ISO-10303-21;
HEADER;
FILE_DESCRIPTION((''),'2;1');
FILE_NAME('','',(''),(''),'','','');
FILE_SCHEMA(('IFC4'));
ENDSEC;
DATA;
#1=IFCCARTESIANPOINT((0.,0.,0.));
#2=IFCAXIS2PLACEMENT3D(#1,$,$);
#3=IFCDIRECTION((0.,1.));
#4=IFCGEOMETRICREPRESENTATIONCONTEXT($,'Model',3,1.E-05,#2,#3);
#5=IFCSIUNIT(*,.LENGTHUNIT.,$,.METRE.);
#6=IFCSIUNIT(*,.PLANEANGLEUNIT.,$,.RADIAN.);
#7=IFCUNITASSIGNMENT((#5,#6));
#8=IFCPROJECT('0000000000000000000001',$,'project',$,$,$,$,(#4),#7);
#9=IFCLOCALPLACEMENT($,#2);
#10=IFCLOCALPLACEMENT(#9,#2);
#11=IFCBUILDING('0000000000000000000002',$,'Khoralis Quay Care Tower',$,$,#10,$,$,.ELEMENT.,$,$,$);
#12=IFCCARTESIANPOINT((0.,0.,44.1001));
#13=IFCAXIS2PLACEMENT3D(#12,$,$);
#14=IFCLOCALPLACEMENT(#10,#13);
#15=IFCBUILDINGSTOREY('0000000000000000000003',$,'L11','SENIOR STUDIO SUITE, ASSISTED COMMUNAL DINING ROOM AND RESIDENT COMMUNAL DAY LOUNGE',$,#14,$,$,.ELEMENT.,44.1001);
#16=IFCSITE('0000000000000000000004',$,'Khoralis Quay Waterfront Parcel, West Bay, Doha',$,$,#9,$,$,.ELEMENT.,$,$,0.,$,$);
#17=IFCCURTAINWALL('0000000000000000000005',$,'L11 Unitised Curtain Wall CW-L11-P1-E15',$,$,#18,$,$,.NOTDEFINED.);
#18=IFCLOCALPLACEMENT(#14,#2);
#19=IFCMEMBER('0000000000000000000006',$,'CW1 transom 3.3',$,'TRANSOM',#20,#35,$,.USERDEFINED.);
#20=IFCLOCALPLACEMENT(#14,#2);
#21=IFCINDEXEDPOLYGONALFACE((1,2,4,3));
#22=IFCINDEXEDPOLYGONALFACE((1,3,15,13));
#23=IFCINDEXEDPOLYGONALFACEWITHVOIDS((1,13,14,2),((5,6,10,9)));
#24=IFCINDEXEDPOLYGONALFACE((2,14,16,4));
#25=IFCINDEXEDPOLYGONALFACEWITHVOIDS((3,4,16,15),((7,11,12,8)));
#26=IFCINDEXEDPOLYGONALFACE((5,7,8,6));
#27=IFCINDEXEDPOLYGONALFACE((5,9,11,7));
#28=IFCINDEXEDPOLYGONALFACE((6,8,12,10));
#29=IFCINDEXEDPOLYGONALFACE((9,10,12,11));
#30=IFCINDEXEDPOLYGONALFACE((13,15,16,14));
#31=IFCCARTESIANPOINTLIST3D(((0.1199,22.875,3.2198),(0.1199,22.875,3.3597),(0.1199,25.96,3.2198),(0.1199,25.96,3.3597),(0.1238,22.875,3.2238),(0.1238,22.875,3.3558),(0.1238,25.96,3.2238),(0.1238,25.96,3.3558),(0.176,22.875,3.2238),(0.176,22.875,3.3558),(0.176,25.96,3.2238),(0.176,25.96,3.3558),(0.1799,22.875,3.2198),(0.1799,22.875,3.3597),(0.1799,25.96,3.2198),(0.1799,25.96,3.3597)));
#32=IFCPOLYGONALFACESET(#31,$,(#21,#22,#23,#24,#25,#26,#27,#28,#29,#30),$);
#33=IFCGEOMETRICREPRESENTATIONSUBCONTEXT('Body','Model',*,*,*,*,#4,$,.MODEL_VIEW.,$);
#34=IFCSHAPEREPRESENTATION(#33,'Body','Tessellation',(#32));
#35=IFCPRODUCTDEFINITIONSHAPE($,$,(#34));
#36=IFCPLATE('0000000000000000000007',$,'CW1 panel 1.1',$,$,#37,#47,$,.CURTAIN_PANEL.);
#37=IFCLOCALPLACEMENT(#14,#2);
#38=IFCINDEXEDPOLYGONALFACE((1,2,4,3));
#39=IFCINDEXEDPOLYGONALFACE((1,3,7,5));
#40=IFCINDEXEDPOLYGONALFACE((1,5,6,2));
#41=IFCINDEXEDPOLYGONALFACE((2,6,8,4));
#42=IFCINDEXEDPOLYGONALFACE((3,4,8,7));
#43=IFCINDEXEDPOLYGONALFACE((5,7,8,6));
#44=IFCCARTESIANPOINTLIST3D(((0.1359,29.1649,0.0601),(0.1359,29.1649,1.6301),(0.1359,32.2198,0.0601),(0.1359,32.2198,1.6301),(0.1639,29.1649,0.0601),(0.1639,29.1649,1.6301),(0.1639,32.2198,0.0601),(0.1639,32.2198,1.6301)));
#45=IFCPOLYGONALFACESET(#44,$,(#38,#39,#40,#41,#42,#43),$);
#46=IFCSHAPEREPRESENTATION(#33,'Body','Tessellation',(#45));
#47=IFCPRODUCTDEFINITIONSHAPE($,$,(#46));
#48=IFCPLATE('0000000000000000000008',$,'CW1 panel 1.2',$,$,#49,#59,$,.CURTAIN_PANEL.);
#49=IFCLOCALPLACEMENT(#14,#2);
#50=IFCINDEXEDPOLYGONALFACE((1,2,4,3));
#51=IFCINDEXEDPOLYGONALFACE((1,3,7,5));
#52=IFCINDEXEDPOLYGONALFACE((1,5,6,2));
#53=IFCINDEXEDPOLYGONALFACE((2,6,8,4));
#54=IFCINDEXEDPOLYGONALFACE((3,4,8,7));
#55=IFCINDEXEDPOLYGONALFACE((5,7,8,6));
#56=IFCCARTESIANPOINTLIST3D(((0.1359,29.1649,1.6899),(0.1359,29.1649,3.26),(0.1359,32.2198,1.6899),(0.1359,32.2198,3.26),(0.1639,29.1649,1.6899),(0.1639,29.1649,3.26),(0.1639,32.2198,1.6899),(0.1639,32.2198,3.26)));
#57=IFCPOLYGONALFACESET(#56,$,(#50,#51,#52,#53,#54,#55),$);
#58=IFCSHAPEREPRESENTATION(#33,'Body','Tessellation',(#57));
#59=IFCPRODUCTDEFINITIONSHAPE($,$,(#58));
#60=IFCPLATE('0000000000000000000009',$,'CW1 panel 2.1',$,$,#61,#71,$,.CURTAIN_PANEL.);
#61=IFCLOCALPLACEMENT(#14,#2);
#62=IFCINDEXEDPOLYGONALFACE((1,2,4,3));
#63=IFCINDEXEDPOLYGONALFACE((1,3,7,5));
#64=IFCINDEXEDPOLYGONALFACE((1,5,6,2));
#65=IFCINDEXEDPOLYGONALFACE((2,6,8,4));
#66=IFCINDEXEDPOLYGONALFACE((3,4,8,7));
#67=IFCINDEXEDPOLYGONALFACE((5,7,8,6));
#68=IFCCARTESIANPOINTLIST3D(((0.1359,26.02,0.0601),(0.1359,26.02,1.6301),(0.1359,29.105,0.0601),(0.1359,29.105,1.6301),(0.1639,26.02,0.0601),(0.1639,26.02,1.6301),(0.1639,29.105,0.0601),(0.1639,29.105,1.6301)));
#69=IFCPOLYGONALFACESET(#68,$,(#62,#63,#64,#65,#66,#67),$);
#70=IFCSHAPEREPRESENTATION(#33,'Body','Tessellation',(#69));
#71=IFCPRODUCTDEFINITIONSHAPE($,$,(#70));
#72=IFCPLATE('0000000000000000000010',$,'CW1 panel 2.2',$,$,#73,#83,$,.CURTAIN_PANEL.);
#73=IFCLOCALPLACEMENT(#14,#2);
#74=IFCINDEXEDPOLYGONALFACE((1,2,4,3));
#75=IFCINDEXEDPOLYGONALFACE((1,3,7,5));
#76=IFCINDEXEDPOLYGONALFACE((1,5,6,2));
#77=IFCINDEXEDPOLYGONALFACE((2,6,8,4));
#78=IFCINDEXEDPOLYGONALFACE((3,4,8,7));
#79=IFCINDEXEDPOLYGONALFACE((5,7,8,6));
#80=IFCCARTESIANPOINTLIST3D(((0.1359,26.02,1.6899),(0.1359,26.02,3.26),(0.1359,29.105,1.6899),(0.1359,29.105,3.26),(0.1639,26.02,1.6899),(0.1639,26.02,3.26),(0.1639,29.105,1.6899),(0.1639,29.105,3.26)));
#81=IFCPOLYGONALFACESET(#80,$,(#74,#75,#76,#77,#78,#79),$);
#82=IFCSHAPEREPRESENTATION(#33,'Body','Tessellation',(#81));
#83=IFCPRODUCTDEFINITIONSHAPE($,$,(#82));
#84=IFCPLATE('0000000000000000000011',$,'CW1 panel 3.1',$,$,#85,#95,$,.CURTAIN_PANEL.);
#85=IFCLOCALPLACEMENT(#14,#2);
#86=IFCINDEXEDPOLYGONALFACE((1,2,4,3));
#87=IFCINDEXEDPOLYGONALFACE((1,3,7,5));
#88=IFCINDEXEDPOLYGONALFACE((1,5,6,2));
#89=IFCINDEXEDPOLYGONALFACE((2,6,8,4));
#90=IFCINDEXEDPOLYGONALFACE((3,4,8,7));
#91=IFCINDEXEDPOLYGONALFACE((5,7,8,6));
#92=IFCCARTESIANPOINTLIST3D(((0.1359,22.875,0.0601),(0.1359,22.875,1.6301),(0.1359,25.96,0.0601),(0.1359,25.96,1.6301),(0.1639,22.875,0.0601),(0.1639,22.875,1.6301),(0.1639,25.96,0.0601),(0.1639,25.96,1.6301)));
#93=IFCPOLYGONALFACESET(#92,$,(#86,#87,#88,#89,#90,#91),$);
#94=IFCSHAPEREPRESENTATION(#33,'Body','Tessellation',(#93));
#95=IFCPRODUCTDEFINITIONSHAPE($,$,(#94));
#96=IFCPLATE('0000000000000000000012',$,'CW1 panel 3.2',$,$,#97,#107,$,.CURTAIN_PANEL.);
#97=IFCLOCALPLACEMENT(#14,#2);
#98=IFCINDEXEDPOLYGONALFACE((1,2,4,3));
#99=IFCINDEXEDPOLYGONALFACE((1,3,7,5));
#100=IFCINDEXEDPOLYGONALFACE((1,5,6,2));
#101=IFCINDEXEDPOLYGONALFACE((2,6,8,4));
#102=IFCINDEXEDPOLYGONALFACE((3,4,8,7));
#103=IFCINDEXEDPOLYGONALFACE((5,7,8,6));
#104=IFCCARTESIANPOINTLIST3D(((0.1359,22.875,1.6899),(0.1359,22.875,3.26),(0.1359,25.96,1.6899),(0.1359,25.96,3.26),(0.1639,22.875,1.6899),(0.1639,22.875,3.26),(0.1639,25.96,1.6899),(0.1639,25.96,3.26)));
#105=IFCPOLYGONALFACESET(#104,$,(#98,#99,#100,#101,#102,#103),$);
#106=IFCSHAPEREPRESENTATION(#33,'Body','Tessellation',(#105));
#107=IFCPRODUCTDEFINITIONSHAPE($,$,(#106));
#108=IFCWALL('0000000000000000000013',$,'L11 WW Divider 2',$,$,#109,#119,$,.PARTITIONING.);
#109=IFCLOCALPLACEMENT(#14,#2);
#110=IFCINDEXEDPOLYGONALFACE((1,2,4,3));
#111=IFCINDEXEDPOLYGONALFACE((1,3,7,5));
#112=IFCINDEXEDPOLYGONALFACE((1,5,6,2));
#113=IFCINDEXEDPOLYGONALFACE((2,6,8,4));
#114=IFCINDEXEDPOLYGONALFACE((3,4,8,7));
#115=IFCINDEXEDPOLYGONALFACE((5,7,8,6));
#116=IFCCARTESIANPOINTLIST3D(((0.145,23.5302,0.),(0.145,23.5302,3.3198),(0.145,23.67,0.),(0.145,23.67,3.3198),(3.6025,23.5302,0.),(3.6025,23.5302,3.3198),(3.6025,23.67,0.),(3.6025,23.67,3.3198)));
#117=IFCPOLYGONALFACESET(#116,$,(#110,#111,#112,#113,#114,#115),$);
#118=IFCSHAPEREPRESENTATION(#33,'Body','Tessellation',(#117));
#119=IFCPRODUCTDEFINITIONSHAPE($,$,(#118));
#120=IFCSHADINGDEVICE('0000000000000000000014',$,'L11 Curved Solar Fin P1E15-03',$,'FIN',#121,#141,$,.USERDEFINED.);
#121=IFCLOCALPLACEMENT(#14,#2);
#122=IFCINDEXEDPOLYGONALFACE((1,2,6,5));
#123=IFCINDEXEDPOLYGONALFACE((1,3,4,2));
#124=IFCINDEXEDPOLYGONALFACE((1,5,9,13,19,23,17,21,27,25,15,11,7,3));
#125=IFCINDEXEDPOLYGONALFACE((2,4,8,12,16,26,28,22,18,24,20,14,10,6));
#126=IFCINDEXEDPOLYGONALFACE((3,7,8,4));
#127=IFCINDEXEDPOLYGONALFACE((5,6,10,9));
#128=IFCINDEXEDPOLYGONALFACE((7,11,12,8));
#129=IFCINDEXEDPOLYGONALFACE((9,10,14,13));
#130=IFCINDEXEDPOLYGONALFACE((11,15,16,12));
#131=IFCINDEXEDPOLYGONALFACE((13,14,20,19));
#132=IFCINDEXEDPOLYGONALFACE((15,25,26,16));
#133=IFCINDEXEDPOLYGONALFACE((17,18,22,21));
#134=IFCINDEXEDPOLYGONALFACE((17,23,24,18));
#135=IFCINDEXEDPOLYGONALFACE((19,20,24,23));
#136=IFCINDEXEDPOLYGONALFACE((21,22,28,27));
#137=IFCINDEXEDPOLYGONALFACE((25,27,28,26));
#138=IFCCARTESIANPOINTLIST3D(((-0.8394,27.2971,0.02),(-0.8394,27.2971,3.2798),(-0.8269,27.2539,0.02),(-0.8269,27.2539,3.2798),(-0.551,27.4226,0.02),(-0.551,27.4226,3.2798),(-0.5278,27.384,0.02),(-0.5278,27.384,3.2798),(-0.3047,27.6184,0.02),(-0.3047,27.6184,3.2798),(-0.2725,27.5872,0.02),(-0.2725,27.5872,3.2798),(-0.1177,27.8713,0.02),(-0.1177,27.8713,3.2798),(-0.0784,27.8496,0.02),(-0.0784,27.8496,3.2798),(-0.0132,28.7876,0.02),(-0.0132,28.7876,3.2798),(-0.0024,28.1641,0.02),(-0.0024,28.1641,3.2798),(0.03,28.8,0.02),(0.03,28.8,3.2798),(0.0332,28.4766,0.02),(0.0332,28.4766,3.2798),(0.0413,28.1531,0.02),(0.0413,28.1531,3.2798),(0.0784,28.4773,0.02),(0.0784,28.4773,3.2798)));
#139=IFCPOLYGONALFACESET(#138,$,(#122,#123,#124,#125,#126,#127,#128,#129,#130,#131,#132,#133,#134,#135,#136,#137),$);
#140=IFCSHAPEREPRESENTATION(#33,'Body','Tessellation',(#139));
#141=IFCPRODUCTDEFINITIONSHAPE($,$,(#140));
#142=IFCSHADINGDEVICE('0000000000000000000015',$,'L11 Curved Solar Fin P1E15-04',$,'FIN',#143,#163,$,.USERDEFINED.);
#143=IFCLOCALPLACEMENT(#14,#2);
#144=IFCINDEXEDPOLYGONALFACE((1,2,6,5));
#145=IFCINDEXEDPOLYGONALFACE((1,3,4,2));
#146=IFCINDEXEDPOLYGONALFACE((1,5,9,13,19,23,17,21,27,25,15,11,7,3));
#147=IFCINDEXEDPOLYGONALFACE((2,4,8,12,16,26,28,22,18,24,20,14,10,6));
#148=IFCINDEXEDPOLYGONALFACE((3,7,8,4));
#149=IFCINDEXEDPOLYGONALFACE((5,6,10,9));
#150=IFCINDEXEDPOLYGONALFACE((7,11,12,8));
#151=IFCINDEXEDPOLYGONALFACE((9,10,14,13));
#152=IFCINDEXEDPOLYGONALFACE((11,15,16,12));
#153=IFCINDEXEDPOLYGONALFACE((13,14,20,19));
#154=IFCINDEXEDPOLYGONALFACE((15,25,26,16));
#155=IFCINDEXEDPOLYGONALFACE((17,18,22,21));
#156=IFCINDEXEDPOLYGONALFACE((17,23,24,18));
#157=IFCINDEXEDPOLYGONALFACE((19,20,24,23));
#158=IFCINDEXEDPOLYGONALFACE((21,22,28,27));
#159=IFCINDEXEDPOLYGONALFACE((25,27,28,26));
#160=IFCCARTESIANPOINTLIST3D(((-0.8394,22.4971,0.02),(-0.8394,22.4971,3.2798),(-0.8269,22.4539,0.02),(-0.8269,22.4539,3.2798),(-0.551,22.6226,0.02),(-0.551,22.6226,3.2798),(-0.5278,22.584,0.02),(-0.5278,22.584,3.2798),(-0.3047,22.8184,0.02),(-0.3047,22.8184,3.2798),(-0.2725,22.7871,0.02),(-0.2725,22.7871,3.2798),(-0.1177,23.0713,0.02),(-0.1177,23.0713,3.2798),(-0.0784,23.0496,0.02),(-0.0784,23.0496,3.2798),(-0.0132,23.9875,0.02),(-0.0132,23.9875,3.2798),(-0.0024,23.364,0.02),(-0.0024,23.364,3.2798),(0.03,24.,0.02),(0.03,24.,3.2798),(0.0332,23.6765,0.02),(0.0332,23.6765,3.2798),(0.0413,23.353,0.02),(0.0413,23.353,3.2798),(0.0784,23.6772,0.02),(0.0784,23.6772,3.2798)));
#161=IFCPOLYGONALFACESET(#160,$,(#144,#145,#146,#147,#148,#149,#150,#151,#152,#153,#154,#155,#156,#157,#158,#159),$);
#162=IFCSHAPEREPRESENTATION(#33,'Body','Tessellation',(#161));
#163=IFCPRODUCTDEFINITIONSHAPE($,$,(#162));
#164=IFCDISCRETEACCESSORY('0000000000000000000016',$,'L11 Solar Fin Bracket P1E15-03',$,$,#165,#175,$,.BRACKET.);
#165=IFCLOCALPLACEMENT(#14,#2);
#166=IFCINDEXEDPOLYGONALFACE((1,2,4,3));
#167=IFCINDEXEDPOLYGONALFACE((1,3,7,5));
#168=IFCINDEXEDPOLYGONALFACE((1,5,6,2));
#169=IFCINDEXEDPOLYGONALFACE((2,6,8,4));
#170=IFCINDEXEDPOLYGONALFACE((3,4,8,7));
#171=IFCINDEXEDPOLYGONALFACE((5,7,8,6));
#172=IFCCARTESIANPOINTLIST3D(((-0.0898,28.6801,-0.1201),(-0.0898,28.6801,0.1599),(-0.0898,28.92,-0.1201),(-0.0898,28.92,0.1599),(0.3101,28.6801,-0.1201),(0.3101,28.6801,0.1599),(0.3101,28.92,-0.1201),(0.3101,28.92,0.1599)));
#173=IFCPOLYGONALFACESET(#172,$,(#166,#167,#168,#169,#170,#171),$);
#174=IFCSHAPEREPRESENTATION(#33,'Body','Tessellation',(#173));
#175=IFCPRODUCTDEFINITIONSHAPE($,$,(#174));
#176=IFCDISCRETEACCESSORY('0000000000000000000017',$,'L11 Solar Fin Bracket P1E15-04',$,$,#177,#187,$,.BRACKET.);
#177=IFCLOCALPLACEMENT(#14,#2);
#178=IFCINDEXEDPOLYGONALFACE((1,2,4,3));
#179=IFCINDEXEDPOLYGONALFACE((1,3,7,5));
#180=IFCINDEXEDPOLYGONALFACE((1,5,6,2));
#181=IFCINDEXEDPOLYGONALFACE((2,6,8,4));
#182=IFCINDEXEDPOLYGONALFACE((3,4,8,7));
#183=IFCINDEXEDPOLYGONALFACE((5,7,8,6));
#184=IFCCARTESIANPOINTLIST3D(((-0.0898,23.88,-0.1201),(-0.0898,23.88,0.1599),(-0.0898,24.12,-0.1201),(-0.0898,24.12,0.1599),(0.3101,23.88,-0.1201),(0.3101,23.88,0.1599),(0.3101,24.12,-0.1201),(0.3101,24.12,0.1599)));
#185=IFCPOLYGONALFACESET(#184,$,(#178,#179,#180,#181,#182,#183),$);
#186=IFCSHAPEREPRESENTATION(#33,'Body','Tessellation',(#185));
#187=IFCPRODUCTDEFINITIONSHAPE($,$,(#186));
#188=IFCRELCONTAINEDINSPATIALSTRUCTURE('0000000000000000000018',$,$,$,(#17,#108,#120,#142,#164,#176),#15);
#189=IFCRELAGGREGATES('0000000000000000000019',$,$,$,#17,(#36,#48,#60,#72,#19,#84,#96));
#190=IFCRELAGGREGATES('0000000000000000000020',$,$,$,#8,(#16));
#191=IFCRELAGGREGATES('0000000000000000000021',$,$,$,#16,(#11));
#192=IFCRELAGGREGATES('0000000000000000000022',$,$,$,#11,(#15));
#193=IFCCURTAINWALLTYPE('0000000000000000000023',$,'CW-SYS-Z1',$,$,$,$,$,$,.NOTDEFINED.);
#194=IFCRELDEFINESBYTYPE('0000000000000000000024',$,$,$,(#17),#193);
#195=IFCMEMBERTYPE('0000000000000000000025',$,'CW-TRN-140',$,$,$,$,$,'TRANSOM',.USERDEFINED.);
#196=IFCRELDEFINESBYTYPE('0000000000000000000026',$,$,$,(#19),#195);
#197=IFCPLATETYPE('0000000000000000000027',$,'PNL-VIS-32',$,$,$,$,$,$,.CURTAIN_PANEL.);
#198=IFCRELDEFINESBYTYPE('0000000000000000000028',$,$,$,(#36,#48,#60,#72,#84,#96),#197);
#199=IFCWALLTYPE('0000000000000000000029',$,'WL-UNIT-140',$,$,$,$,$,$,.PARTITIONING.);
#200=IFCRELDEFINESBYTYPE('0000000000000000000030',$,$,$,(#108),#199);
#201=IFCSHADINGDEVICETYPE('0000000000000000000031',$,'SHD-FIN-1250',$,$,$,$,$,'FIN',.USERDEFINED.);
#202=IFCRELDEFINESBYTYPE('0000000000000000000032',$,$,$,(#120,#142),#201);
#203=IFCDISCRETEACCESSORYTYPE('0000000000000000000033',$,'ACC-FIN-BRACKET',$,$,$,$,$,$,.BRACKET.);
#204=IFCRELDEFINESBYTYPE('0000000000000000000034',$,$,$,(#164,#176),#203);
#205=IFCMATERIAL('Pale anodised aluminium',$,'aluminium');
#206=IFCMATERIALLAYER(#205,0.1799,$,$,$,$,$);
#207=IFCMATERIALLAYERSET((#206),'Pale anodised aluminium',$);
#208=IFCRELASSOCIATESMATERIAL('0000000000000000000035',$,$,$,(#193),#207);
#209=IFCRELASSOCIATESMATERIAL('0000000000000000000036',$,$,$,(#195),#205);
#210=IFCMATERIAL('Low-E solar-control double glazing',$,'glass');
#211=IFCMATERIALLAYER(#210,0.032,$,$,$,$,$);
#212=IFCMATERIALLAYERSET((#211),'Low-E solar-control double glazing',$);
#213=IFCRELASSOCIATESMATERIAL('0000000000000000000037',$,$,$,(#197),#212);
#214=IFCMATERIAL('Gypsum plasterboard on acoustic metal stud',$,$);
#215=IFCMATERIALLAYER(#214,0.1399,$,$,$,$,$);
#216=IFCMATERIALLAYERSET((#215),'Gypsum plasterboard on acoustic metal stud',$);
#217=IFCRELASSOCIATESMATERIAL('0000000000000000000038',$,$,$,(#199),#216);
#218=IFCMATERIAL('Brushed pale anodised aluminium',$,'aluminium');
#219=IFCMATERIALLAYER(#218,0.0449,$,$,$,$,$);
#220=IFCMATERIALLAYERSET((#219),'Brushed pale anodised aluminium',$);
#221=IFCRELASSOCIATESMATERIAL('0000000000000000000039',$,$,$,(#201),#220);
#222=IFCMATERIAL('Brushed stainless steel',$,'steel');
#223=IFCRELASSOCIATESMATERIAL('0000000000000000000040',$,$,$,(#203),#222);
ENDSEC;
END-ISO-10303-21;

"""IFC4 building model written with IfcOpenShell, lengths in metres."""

from ifc_helpers import new_model, si_unit, direction, frame, frame_2d, origin, origin_2d, place, context, subcontext, project, spatial, polyline, rectangle, hollow_rectangle, outline, extrude, source, transform, mapped, material, layer, layer_set, material_profile, profile_set, type_object, element, aggregate, save


model = new_model("IFC4")

# Units and contexts
model_context = context("Model", 3, precision=1e-05, world=origin(), true_north=direction((0.0, 1.0)))
body_context = subcontext(model_context, "Body", "Model", "MODEL_VIEW")
ifc_project = project(units=[si_unit("LENGTHUNIT", "METRE"), si_unit("PLANEANGLEUNIT", "RADIAN")], contexts=[model_context])

# Site, building, storey
site_placement = place(None, origin())
site = spatial("IfcSite", under=ifc_project, at=site_placement, Name="Khoralis Quay Waterfront Parcel, West Bay, Doha", CompositionType="ELEMENT", RefElevation=0.0)
building_placement = place(site_placement, origin())
building = spatial("IfcBuilding", under=site, at=building_placement, Name="Khoralis Quay Care Tower", CompositionType="ELEMENT")
storey_placement = place(building_placement, frame((0.0, 0.0, 44.1001)))
storey = spatial("IfcBuildingStorey", under=building, at=storey_placement, Name="L11", Description="SENIOR STUDIO SUITE, ASSISTED COMMUNAL DINING ROOM AND RESIDENT COMMUNAL DAY LOUNGE", CompositionType="ELEMENT", Elevation=44.1001)

# Curtain wall, member, plates
ifc_material_1 = material(Name="Pale anodised aluminium", Category="aluminium")
ifc_layer_1 = layer(ifc_material_1, 0.1799)
ifc_layer_set_1 = layer_set([ifc_layer_1], Name="Pale anodised aluminium")
curtain_wall_type = type_object("IfcCurtainWallType", Name="CW-SYS-Z1", PredefinedType="NOTDEFINED", material=ifc_layer_set_1)
curtain_wall_placement = place(storey_placement, origin())
curtain_wall = element("IfcCurtainWall", 1, at=curtain_wall_placement, inside=storey, type_object=curtain_wall_type, Name="L11 Unitised Curtain Wall CW-L11-P1-E15", PredefinedType="NOTDEFINED")
ifc_material_profile_1 = material_profile(ifc_material_1, hollow_rectangle(XDim=0.0601, YDim=0.1399, WallThickness=0.0039, at=origin_2d()), Name="Pale anodised aluminium")
ifc_profile_set_1 = profile_set([ifc_material_profile_1], Name="Pale anodised aluminium")
member_type_1 = type_object("IfcMemberType", Name="CW-TRN-140", ElementType="TRANSOM", PredefinedType="USERDEFINED", material=ifc_profile_set_1)
shared_shape_1 = source(origin(), body_context, "Body", "SweptSolid", [
    extrude(hollow_rectangle(XDim=0.0601, YDim=0.1399, WallThickness=0.0039, at=origin_2d()), origin(), (0.0, 0.0, 1.0), 3.085),
])
member_1_placement = place(storey_placement, frame((0.1499, 25.96, 3.2898), z_axis=(0.0, -1.0, 0.0), x_axis=(1.0, 0.0, 0.0)))
member_1 = element("IfcMember", 2, at=member_1_placement, type_object=member_type_1, Name="CW1 transom 3.3", ObjectType="TRANSOM", PredefinedType="USERDEFINED", context=body_context, shape_type="MappedRepresentation", body=[
    mapped(shared_shape_1, transform((0.0, 0.0, 0.0), scale=1.0)),
])
ifc_material_2 = material(Name="Low-E solar-control double glazing", Category="glass")
ifc_layer_2 = layer(ifc_material_2, 0.032)
ifc_layer_set_2 = layer_set([ifc_layer_2], Name="Low-E solar-control double glazing")
plate_type = type_object("IfcPlateType", Name="PNL-VIS-32", PredefinedType="CURTAIN_PANEL", material=ifc_layer_set_2)
shared_shape_2 = source(origin(), body_context, "Body", "SweptSolid", [
    extrude(rectangle(XDim=3.0549, YDim=0.0281, at=origin_2d()), origin(), (0.0, 0.0, 1.0), 1.5701),
])
plate_1_placement = place(storey_placement, frame((0.1499, 30.6924, 0.0601), z_axis=(0.0, 0.0, 1.0), x_axis=(0.0, -1.0, 0.0)))
plate_1 = element("IfcPlate", 3, at=plate_1_placement, type_object=plate_type, Name="CW1 panel 1.1", PredefinedType="CURTAIN_PANEL", context=body_context, shape_type="MappedRepresentation", body=[
    mapped(shared_shape_2, transform((0.0, 0.0, 0.0), scale=1.0)),
])
plate_2_placement = place(storey_placement, frame((0.1499, 30.6924, 1.6899), z_axis=(0.0, 0.0, 1.0), x_axis=(0.0, -1.0, 0.0)))
plate_2 = element("IfcPlate", 4, at=plate_2_placement, type_object=plate_type, Name="CW1 panel 1.2", PredefinedType="CURTAIN_PANEL", context=body_context, shape_type="MappedRepresentation", body=[
    mapped(shared_shape_2, transform((0.0, 0.0, 0.0), scale=1.0)),
])
shared_shape_3 = source(origin(), body_context, "Body", "SweptSolid", [
    extrude(rectangle(XDim=3.085, YDim=0.0281, at=origin_2d()), origin(), (0.0, 0.0, 1.0), 1.5701),
])
plate_3_placement = place(storey_placement, frame((0.1499, 27.5625, 0.0601), z_axis=(0.0, 0.0, 1.0), x_axis=(0.0, -1.0, 0.0)))
plate_3 = element("IfcPlate", 5, at=plate_3_placement, type_object=plate_type, Name="CW1 panel 2.1", PredefinedType="CURTAIN_PANEL", context=body_context, shape_type="MappedRepresentation", body=[
    mapped(shared_shape_3, transform((0.0, 0.0, 0.0), scale=1.0)),
])
plate_4_placement = place(storey_placement, frame((0.1499, 27.5625, 1.6899), z_axis=(0.0, 0.0, 1.0), x_axis=(0.0, -1.0, 0.0)))
plate_4 = element("IfcPlate", 6, at=plate_4_placement, type_object=plate_type, Name="CW1 panel 2.2", PredefinedType="CURTAIN_PANEL", context=body_context, shape_type="MappedRepresentation", body=[
    mapped(shared_shape_3, transform((0.0, 0.0, 0.0), scale=1.0)),
])
plate_5_placement = place(storey_placement, frame((0.1499, 24.4175, 0.0601), z_axis=(0.0, 0.0, 1.0), x_axis=(0.0, -1.0, 0.0)))
plate_5 = element("IfcPlate", 7, at=plate_5_placement, type_object=plate_type, Name="CW1 panel 3.1", PredefinedType="CURTAIN_PANEL", context=body_context, shape_type="MappedRepresentation", body=[
    mapped(shared_shape_3, transform((0.0, 0.0, 0.0), scale=1.0)),
])
plate_6_placement = place(storey_placement, frame((0.1499, 24.4175, 1.6899), z_axis=(0.0, 0.0, 1.0), x_axis=(0.0, -1.0, 0.0)))
plate_6 = element("IfcPlate", 8, at=plate_6_placement, type_object=plate_type, Name="CW1 panel 3.2", PredefinedType="CURTAIN_PANEL", context=body_context, shape_type="MappedRepresentation", body=[
    mapped(shared_shape_3, transform((0.0, 0.0, 0.0), scale=1.0)),
])
aggregate(curtain_wall, [plate_1, plate_2, plate_3, plate_4, member_1, plate_5, plate_6])

# Wall
ifc_material_3 = material(Name="Gypsum plasterboard on acoustic metal stud")
ifc_layer_3 = layer(ifc_material_3, 0.1399)
ifc_layer_set_3 = layer_set([ifc_layer_3], Name="Gypsum plasterboard on acoustic metal stud")
wall_type = type_object("IfcWallType", Name="WL-UNIT-140", PredefinedType="PARTITIONING", material=ifc_layer_set_3)
wall_placement = place(storey_placement, frame((0.145, 23.6001, 0.0), z_axis=(0.0, 0.0, 1.0), x_axis=(1.0, 0.0, 0.0)))
element("IfcWall", 9, at=wall_placement, inside=storey, type_object=wall_type, Name="L11 WW Divider 2", PredefinedType="PARTITIONING", context=body_context, shape_type="SweptSolid", body=[
    extrude(rectangle(XDim=3.4575, YDim=0.1399, at=frame_2d((1.7288, 0.0))), origin(), (0.0, 0.0, 1.0), 3.3198),
])

# Shading devices
ifc_material_4 = material(Name="Brushed pale anodised aluminium", Category="aluminium")
ifc_layer_4 = layer(ifc_material_4, 0.0449)
ifc_layer_set_4 = layer_set([ifc_layer_4], Name="Brushed pale anodised aluminium")
shading_device_type = type_object("IfcShadingDeviceType", Name="SHD-FIN-1250", ElementType="FIN", PredefinedType="USERDEFINED", material=ifc_layer_set_4)
shared_shape_4 = source(origin(), body_context, "Body", "SweptSolid", [
    extrude(outline(polyline([(0.0, 0.0), (-0.0483, 0.3228), (-0.0112, 0.647), (0.1084, 0.9504), (0.3025, 1.2129), (0.5579, 1.416), (0.8569, 1.5461), (0.8694, 1.5029), (0.5811, 1.3774), (0.3347, 1.1816), (0.1477, 0.9287), (0.0325, 0.636), (-0.0032, 0.3235), (0.0432, 0.0125), (0.0, 0.0)])), origin(), (0.0, 0.0, 1.0), 3.2598),
])
for number, where, z_axis, x_axis, name in (
    (10, (0.03, 28.8, 0.02), (0.0, 0.0, 1.0), (-1.0, 0.0, 0.0), "L11 Curved Solar Fin P1E15-03"),
    (11, (0.03, 24.0, 0.02), (0.0, 0.0, 1.0), (-1.0, 0.0, 0.0), "L11 Curved Solar Fin P1E15-04"),
):
    element("IfcShadingDevice", number, at=place(storey_placement, frame(where, z_axis=z_axis, x_axis=x_axis)), inside=storey, type_object=shading_device_type, Name=name, ObjectType="FIN", PredefinedType="USERDEFINED", context=body_context, shape_type="MappedRepresentation", body=[
        mapped(shared_shape_4, transform((0.0, 0.0, 0.0), scale=1.0)),
    ])

# Discrete accessories
ifc_material_5 = material(Name="Brushed stainless steel", Category="steel")
discrete_accessory_type = type_object("IfcDiscreteAccessoryType", Name="ACC-FIN-BRACKET", PredefinedType="BRACKET", material=ifc_material_5)
shared_shape_5 = source(origin(), body_context, "Body", "SweptSolid", [
    extrude(rectangle(XDim=0.3999, YDim=0.24, at=origin_2d()), origin(), (0.0, 0.0, 1.0), 0.28),
])
for number, where, z_axis, x_axis, name in (
    (12, (0.1101, 28.8, -0.1201), (0.0, 0.0, 1.0), (-1.0, 0.0, 0.0), "L11 Solar Fin Bracket P1E15-03"),
    (13, (0.1101, 24.0, -0.1201), (0.0, 0.0, 1.0), (-1.0, 0.0, 0.0), "L11 Solar Fin Bracket P1E15-04"),
):
    element("IfcDiscreteAccessory", number, at=place(storey_placement, frame(where, z_axis=z_axis, x_axis=x_axis)), inside=storey, type_object=discrete_accessory_type, Name=name, PredefinedType="BRACKET", context=body_context, shape_type="MappedRepresentation", body=[
        mapped(shared_shape_5, transform((0.0, 0.0, 0.0), scale=1.0)),
    ])

save(model, "model.ifc")
